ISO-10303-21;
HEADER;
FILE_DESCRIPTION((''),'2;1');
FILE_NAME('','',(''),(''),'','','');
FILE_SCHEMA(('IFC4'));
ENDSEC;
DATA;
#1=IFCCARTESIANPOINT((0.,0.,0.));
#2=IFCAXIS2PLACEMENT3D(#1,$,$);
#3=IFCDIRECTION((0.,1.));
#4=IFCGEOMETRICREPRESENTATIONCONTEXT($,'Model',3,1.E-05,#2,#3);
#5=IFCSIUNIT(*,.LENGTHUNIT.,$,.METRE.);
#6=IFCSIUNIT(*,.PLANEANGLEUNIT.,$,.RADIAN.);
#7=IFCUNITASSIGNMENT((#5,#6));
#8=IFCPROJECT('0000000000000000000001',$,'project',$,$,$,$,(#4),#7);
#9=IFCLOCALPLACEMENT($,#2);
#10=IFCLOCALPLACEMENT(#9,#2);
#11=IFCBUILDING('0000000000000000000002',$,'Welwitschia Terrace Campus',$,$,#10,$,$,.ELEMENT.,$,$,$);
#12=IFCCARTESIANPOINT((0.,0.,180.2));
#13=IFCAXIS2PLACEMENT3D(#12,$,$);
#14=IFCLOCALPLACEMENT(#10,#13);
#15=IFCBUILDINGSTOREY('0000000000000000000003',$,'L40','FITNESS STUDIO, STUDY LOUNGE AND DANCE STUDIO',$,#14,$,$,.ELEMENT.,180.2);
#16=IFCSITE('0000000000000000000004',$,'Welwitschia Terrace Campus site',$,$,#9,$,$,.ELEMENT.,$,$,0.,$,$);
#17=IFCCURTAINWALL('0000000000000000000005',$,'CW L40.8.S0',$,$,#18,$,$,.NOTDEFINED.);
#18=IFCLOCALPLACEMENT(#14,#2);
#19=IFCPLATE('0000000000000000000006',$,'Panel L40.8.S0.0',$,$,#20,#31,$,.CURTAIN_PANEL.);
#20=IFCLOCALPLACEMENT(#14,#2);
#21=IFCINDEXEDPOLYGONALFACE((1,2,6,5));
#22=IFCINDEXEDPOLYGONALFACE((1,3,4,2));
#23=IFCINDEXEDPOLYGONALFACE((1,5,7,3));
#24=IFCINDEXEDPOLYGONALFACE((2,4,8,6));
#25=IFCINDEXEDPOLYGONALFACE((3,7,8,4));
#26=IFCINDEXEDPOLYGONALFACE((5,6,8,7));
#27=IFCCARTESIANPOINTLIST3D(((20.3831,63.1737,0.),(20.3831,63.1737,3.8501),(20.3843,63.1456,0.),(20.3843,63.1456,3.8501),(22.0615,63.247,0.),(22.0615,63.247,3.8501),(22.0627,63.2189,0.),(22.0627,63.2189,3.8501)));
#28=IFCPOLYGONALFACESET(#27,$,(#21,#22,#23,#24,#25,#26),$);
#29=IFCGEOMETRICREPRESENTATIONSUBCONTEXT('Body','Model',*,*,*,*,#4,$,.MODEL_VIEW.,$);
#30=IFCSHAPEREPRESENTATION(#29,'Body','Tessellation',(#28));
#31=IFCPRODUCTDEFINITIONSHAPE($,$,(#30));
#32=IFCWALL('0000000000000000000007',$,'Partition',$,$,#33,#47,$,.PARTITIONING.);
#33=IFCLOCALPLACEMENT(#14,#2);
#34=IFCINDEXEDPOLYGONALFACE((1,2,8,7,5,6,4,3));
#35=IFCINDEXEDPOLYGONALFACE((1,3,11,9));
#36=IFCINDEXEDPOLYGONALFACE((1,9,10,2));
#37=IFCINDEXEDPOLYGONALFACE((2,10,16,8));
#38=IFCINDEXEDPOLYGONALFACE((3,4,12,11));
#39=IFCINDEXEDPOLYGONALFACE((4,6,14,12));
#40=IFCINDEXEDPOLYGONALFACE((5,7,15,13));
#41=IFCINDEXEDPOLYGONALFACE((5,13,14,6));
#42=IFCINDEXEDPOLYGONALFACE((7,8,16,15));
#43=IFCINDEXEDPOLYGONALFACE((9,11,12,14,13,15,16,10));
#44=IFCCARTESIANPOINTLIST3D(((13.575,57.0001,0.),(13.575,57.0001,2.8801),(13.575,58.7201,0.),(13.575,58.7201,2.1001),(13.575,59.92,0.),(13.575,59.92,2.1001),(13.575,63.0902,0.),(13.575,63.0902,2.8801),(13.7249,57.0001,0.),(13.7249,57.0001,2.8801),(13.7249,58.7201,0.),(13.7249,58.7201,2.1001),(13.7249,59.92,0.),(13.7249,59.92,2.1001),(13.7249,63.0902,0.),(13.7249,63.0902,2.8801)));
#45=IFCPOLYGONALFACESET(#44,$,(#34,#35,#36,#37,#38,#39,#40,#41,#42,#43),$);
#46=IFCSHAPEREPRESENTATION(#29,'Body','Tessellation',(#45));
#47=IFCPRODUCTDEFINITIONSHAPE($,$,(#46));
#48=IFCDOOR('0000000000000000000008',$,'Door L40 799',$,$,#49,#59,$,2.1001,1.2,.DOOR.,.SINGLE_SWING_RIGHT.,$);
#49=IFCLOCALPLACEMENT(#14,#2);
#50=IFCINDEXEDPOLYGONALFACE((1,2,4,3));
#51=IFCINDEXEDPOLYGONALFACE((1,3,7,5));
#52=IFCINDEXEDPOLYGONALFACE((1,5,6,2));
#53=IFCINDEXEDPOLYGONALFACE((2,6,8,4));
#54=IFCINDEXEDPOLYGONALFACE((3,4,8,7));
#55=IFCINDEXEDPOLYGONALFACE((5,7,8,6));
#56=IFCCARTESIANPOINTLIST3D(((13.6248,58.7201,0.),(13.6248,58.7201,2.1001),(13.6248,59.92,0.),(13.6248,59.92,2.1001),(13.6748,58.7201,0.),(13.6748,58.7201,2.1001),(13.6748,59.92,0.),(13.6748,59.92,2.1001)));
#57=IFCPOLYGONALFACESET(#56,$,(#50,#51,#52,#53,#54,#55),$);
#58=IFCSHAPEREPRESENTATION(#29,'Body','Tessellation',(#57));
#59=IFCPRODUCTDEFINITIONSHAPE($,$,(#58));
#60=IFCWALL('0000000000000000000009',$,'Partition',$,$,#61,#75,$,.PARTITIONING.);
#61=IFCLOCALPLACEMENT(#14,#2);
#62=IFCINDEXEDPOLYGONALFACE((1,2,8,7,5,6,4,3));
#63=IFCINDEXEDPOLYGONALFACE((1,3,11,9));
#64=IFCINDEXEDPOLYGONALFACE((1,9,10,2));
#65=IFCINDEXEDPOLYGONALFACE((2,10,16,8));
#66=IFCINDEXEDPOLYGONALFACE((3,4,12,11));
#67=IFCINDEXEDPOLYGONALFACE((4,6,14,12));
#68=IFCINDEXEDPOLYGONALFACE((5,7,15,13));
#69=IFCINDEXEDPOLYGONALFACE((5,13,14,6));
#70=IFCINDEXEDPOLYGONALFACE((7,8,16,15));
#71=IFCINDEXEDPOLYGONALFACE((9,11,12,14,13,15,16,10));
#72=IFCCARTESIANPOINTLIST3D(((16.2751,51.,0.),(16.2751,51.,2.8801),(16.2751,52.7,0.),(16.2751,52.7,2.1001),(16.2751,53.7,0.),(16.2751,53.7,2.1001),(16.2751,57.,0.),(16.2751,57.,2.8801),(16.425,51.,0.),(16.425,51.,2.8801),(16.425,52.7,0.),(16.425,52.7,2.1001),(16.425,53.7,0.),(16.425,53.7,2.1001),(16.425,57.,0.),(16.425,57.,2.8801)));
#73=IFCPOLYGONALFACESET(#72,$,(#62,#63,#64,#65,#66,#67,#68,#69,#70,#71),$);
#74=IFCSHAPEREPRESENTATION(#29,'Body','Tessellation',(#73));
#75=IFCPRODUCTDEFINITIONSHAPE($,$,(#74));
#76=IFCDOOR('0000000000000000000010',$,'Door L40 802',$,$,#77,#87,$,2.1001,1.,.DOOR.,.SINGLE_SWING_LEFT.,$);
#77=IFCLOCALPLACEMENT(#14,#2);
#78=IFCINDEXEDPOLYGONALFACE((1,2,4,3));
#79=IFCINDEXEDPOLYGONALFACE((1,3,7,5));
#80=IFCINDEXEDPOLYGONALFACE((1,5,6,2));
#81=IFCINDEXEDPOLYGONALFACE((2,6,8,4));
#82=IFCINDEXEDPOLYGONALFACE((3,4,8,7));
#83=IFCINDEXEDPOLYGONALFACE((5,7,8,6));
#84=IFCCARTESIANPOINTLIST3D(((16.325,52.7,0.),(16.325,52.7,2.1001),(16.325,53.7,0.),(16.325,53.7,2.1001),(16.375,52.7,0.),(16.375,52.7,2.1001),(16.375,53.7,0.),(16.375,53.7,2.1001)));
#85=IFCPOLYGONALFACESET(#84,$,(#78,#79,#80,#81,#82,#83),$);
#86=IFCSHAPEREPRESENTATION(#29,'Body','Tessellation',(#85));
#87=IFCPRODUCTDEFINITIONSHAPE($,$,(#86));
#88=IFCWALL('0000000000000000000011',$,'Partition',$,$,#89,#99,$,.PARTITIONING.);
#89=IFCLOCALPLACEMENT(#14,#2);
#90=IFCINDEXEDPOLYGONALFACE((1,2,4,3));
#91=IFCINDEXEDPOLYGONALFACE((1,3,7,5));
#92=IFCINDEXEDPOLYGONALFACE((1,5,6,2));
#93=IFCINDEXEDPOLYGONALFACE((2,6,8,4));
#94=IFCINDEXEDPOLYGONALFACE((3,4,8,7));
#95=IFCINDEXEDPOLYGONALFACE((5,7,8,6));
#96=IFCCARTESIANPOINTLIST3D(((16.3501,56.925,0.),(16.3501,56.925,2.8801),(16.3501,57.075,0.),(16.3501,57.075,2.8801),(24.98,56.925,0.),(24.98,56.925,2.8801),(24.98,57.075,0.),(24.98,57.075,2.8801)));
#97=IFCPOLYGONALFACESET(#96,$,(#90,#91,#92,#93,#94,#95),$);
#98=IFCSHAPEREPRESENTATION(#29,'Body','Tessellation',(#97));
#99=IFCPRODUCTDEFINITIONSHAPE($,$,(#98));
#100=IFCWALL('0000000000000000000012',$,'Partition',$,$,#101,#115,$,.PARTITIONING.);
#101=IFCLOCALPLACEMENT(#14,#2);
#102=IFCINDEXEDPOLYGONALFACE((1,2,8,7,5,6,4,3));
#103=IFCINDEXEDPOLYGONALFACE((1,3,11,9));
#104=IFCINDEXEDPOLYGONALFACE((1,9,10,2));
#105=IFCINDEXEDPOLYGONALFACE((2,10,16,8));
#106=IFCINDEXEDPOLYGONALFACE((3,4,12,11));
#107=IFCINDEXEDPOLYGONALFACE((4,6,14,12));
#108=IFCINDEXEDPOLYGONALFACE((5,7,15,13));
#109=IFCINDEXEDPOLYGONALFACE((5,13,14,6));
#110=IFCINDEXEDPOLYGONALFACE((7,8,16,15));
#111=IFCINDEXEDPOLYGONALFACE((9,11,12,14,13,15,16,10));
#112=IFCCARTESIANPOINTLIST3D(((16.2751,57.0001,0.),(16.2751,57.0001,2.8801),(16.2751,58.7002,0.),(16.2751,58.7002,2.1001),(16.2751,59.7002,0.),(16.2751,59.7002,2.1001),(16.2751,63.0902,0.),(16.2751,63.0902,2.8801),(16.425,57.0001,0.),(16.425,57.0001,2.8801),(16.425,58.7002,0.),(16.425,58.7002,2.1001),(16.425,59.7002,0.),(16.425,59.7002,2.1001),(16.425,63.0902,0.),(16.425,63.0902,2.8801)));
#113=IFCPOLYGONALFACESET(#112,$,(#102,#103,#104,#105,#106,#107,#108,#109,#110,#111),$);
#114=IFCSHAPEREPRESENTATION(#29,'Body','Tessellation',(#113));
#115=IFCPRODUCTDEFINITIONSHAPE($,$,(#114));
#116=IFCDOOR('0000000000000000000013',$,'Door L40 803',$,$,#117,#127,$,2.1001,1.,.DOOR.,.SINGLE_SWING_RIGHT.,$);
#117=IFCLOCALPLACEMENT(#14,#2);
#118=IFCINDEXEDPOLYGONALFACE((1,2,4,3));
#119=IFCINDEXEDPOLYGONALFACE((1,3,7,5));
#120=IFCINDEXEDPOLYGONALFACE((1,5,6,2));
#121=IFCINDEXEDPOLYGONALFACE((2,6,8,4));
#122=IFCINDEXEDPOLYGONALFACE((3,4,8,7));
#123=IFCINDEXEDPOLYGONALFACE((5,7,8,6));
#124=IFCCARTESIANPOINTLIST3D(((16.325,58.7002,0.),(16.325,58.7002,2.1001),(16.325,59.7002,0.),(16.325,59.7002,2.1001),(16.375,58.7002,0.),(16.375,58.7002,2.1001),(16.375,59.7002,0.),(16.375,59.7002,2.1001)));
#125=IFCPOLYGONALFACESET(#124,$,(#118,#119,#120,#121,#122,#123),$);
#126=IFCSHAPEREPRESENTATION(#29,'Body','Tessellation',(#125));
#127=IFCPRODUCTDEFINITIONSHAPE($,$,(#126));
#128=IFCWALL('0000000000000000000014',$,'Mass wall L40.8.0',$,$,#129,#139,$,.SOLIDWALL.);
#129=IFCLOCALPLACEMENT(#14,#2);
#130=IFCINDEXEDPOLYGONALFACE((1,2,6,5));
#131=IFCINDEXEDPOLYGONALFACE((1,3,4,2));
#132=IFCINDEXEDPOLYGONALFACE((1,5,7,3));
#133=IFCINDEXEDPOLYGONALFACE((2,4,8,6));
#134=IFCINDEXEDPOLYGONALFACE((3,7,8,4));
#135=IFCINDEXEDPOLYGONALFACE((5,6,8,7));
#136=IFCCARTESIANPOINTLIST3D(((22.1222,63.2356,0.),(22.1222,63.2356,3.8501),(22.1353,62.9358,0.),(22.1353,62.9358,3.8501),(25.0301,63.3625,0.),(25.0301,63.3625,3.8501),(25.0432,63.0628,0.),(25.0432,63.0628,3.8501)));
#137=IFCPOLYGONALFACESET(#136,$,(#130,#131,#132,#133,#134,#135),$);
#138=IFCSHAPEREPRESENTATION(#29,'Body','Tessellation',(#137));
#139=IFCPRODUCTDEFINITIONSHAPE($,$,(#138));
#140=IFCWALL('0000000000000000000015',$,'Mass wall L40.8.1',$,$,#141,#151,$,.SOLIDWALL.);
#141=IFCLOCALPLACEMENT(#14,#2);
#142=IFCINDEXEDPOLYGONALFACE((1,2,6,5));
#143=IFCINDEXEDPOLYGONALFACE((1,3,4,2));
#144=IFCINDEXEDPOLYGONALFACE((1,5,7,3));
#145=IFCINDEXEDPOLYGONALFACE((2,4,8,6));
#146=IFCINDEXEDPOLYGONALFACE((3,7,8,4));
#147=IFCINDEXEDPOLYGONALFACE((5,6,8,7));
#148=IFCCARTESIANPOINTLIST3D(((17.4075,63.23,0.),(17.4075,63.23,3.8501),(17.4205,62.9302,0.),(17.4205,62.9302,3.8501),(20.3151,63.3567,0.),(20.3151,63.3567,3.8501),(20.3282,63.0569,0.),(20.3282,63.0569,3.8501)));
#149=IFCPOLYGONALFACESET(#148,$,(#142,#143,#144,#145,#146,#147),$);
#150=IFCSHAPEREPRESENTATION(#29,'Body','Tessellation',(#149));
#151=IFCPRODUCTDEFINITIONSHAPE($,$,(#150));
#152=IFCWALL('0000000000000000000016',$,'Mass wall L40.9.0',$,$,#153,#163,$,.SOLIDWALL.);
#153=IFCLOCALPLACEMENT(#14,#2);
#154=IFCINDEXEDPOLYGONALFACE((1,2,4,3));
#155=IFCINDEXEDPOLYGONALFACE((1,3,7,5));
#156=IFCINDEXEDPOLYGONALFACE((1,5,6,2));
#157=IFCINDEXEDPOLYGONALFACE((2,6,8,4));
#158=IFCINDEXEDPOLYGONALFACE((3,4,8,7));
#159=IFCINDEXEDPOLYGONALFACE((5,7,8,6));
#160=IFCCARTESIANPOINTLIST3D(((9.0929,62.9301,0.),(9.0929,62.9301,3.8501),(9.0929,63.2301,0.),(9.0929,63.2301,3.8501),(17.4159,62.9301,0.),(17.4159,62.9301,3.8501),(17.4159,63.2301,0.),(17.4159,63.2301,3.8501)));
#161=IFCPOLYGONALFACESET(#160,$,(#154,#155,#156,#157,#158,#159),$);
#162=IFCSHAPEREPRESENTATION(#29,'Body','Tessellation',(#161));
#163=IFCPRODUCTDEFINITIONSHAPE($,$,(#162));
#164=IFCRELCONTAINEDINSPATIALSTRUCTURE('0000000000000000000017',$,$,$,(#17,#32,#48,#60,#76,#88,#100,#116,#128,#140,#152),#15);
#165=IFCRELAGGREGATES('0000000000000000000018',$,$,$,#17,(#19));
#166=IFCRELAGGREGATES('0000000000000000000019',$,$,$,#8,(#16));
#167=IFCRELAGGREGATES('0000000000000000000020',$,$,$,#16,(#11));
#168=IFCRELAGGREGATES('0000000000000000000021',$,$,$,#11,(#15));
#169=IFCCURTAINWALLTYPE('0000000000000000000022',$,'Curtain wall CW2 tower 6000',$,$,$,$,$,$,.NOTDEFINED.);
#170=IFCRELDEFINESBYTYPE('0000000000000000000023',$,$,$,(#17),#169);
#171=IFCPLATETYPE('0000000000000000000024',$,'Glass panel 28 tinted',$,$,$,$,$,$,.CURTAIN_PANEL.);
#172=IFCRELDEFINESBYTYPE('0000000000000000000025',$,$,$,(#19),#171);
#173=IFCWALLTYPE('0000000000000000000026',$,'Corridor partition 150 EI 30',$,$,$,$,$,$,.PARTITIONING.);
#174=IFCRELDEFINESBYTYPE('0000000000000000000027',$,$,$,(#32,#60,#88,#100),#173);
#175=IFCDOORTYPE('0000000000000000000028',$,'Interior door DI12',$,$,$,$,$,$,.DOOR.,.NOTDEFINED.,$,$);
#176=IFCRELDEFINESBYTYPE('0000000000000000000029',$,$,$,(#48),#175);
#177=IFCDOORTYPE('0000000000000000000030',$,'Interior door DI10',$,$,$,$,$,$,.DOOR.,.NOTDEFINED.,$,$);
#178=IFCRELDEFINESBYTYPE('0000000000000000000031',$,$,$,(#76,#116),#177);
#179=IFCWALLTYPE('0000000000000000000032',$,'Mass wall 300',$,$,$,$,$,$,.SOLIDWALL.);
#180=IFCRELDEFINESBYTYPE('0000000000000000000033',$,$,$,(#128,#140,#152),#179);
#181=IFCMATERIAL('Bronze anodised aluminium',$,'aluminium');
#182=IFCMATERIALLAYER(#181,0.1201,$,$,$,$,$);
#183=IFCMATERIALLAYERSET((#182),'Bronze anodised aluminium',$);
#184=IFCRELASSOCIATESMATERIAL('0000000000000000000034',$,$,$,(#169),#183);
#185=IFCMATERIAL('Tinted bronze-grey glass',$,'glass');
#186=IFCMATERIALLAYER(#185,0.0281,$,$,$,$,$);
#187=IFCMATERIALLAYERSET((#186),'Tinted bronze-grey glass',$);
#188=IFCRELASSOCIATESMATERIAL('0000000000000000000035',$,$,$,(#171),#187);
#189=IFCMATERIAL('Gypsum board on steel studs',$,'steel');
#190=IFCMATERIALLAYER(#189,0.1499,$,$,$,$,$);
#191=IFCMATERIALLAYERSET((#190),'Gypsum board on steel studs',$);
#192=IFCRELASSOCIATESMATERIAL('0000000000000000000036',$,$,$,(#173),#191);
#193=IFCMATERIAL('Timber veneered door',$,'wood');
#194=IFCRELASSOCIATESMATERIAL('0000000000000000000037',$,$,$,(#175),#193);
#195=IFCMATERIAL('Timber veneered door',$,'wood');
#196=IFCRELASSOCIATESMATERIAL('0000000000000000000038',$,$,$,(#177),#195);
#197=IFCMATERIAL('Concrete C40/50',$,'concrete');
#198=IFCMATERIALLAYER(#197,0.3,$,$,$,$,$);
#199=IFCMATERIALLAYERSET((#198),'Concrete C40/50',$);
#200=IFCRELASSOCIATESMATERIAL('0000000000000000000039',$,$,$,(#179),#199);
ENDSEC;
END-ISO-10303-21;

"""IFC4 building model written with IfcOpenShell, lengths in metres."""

from ifc_helpers import new_model, si_unit, direction, frame, frame_2d, origin, origin_2d, place, context, subcontext, project, spatial, rectangle, extrude, material, layer, layer_set, type_object, element, fill, aggregate, save


model = new_model("IFC4")

# Units and contexts
model_context = context("Model", 3, precision=1e-05, world=origin(), true_north=direction((0.0, 1.0)))
body_context = subcontext(model_context, "Body", "Model", "MODEL_VIEW")
ifc_project = project(units=[si_unit("LENGTHUNIT", "METRE"), si_unit("PLANEANGLEUNIT", "RADIAN")], contexts=[model_context])

# Site, building, storey
site_placement = place(None, origin())
site = spatial("IfcSite", under=ifc_project, at=site_placement, Name="Welwitschia Terrace Campus site", CompositionType="ELEMENT", RefElevation=0.0)
building_placement = place(site_placement, origin())
building = spatial("IfcBuilding", under=site, at=building_placement, Name="Welwitschia Terrace Campus", CompositionType="ELEMENT")
storey_placement = place(building_placement, frame((0.0, 0.0, 180.2)))
storey = spatial("IfcBuildingStorey", under=building, at=storey_placement, Name="L40", Description="FITNESS STUDIO, STUDY LOUNGE AND DANCE STUDIO", CompositionType="ELEMENT", Elevation=180.2)

# Curtain wall
ifc_material_1 = material(Name="Bronze anodised aluminium", Category="aluminium")
ifc_layer_1 = layer(ifc_material_1, 0.1201)
ifc_layer_set_1 = layer_set([ifc_layer_1], Name="Bronze anodised aluminium")
curtain_wall_type = type_object("IfcCurtainWallType", Name="Curtain wall CW2 tower 6000", PredefinedType="NOTDEFINED", material=ifc_layer_set_1)
curtain_wall_1_placement = place(storey_placement, origin())
curtain_wall_1 = element("IfcCurtainWall", 1, at=curtain_wall_1_placement, inside=storey, type_object=curtain_wall_type, Name="CW L40.8.S0", PredefinedType="NOTDEFINED")

# Plate
ifc_material_2 = material(Name="Tinted bronze-grey glass", Category="glass")
ifc_layer_2 = layer(ifc_material_2, 0.0281)
ifc_layer_set_2 = layer_set([ifc_layer_2], Name="Tinted bronze-grey glass")
plate_type = type_object("IfcPlateType", Name="Glass panel 28 tinted", PredefinedType="CURTAIN_PANEL", material=ifc_layer_set_2)
plate_1_placement = place(storey_placement, frame((21.2229, 63.1963, 0.0), z_axis=(0.0, 0.0, 1.0), x_axis=(-0.999048, -0.043619, 0.0)))
plate_1 = element("IfcPlate", 2, at=plate_1_placement, type_object=plate_type, Name="Panel L40.8.S0.0", PredefinedType="CURTAIN_PANEL", context=body_context, shape_type="SweptSolid", body=[
    extrude(rectangle(XDim=1.6799, YDim=0.0281, at=origin_2d()), origin(), (0.0, 0.0, 1.0), 3.8501),
])
aggregate(curtain_wall_1, [plate_1])

# Walls, openings, doors
ifc_material_3 = material(Name="Gypsum board on steel studs", Category="steel")
ifc_layer_3 = layer(ifc_material_3, 0.1499)
ifc_layer_set_3 = layer_set([ifc_layer_3], Name="Gypsum board on steel studs")
wall_type_1 = type_object("IfcWallType", Name="Corridor partition 150 EI 30", PredefinedType="PARTITIONING", material=ifc_layer_set_3)
wall_1_placement = place(storey_placement, frame((13.6499, 63.0901, 0.0), z_axis=(0.0, 0.0, 1.0), x_axis=(0.0, -1.0, 0.0)))
wall_1 = element("IfcWall", 3, at=wall_1_placement, inside=storey, type_object=wall_type_1, Name="Partition", PredefinedType="PARTITIONING", context=body_context, shape_type="SweptSolid", body=[
    extrude(rectangle(XDim=6.0901, YDim=0.1499, at=frame_2d((3.0449, 0.0))), origin(), (0.0, 0.0, 1.0), 2.8801),
])
opening_1_placement = place(wall_1_placement, frame((3.1699, 0.0, 0.0)))
opening_1 = element("IfcOpeningElement", 4, at=opening_1_placement, cuts=wall_1, PredefinedType="OPENING", context=body_context, shape_type="SweptSolid", body=[
    extrude(rectangle(XDim=1.2, YDim=2.1001, at=frame_2d((0.6001, 1.05))), frame((0.0, 0.085, 0.0), z_axis=(0.0, -1.0, 0.0), x_axis=(1.0, 0.0, 0.0)), (0.0, 0.0, 1.0), 0.1699),
])
ifc_material_4 = material(Name="Timber veneered door", Category="wood")
door_type_1 = type_object("IfcDoorType", Name="Interior door DI12", OperationType="NOTDEFINED", PredefinedType="DOOR", material=ifc_material_4)
door_1_placement = place(opening_1_placement, origin())
door_1 = element("IfcDoor", 5, at=door_1_placement, inside=storey, type_object=door_type_1, Name="Door L40 799", OperationType="SINGLE_SWING_RIGHT", OverallHeight=2.1001, OverallWidth=1.2, PredefinedType="DOOR", context=body_context, shape_type="SweptSolid", body=[
    extrude(rectangle(XDim=1.2, YDim=2.1001, at=frame_2d((0.6001, 1.05))), frame((0.0, 0.0249, 0.0), z_axis=(0.0, -1.0, 0.0), x_axis=(1.0, 0.0, 0.0)), (0.0, 0.0, 1.0), 0.05),
])
fill(opening_1, door_1)
wall_2_placement = place(storey_placement, frame((16.3501, 57.0, 0.0), z_axis=(0.0, 0.0, 1.0), x_axis=(0.0, -1.0, 0.0)))
wall_2 = element("IfcWall", 6, at=wall_2_placement, inside=storey, type_object=wall_type_1, Name="Partition", PredefinedType="PARTITIONING", context=body_context, shape_type="SweptSolid", body=[
    extrude(rectangle(XDim=6.0, YDim=0.1499, at=frame_2d((3.0, 0.0))), origin(), (0.0, 0.0, 1.0), 2.8801),
])
opening_2_placement = place(wall_2_placement, frame((3.3, 0.0, 0.0)))
opening_2 = element("IfcOpeningElement", 7, at=opening_2_placement, cuts=wall_2, PredefinedType="OPENING", context=body_context, shape_type="SweptSolid", body=[
    extrude(rectangle(XDim=1.0, YDim=2.1001, at=frame_2d((0.5, 1.05))), frame((0.0, 0.085, 0.0), z_axis=(0.0, -1.0, 0.0), x_axis=(1.0, 0.0, 0.0)), (0.0, 0.0, 1.0), 0.1699),
])
ifc_material_5 = material(Name="Timber veneered door", Category="wood")
door_type_2 = type_object("IfcDoorType", Name="Interior door DI10", OperationType="NOTDEFINED", PredefinedType="DOOR", material=ifc_material_5)
door_2_placement = place(opening_2_placement, origin())
door_2 = element("IfcDoor", 8, at=door_2_placement, inside=storey, type_object=door_type_2, Name="Door L40 802", OperationType="SINGLE_SWING_LEFT", OverallHeight=2.1001, OverallWidth=1.0, PredefinedType="DOOR", context=body_context, shape_type="SweptSolid", body=[
    extrude(rectangle(XDim=1.0, YDim=2.1001, at=frame_2d((0.5, 1.05))), frame((0.0, 0.0249, 0.0), z_axis=(0.0, -1.0, 0.0), x_axis=(1.0, 0.0, 0.0)), (0.0, 0.0, 1.0), 0.05),
])
fill(opening_2, door_2)

# Wall
wall_3_placement = place(storey_placement, frame((16.3501, 57.0, 0.0), z_axis=(0.0, 0.0, 1.0), x_axis=(1.0, 0.0, 0.0)))
element("IfcWall", 9, at=wall_3_placement, inside=storey, type_object=wall_type_1, Name="Partition", PredefinedType="PARTITIONING", context=body_context, shape_type="SweptSolid", body=[
    extrude(rectangle(XDim=8.6299, YDim=0.1499, at=frame_2d((4.3149, 0.0))), origin(), (0.0, 0.0, 1.0), 2.8801),
])

# Wall, opening, door
wall_4_placement = place(storey_placement, frame((16.3501, 63.0901, 0.0), z_axis=(0.0, 0.0, 1.0), x_axis=(0.0, -1.0, 0.0)))
wall_4 = element("IfcWall", 10, at=wall_4_placement, inside=storey, type_object=wall_type_1, Name="Partition", PredefinedType="PARTITIONING", context=body_context, shape_type="SweptSolid", body=[
    extrude(rectangle(XDim=6.0901, YDim=0.1499, at=frame_2d((3.0449, 0.0))), origin(), (0.0, 0.0, 1.0), 2.8801),
])
opening_3_placement = place(wall_4_placement, frame((3.3899, 0.0, 0.0)))
opening_3 = element("IfcOpeningElement", 11, at=opening_3_placement, cuts=wall_4, PredefinedType="OPENING", context=body_context, shape_type="SweptSolid", body=[
    extrude(rectangle(XDim=1.0, YDim=2.1001, at=frame_2d((0.5, 1.05))), frame((0.0, 0.085, 0.0), z_axis=(0.0, -1.0, 0.0), x_axis=(1.0, 0.0, 0.0)), (0.0, 0.0, 1.0), 0.1699),
])
door_3_placement = place(opening_3_placement, origin())
door_3 = element("IfcDoor", 12, at=door_3_placement, inside=storey, type_object=door_type_2, Name="Door L40 803", OperationType="SINGLE_SWING_RIGHT", OverallHeight=2.1001, OverallWidth=1.0, PredefinedType="DOOR", context=body_context, shape_type="SweptSolid", body=[
    extrude(rectangle(XDim=1.0, YDim=2.1001, at=frame_2d((0.5, 1.05))), frame((0.0, 0.0249, 0.0), z_axis=(0.0, -1.0, 0.0), x_axis=(1.0, 0.0, 0.0)), (0.0, 0.0, 1.0), 0.05),
])
fill(opening_3, door_3)

# Walls
ifc_material_6 = material(Name="Concrete C40/50", Category="concrete")
ifc_layer_4 = layer(ifc_material_6, 0.3)
ifc_layer_set_4 = layer_set([ifc_layer_4], Name="Concrete C40/50")
wall_type_2 = type_object("IfcWallType", Name="Mass wall 300", PredefinedType="SOLIDWALL", material=ifc_layer_set_4)
wall_5_placement = place(storey_placement, frame((25.0366, 63.2126, 0.0), z_axis=(0.0, 0.0, 1.0), x_axis=(-0.999048, -0.043616, 0.0)))
element("IfcWall", 13, at=wall_5_placement, inside=storey, type_object=wall_type_2, Name="Mass wall L40.8.0", PredefinedType="SOLIDWALL", context=body_context, shape_type="SweptSolid", body=[
    extrude(rectangle(XDim=2.9106, YDim=0.3, at=frame_2d((1.4553, 0.0))), origin(), (0.0, 0.0, 1.0), 3.8501),
])
wall_6_placement = place(storey_placement, frame((20.3215, 63.2068, 0.0), z_axis=(0.0, 0.0, 1.0), x_axis=(-0.999052, -0.043536, 0.0)))
element("IfcWall", 14, at=wall_6_placement, inside=storey, type_object=wall_type_2, Name="Mass wall L40.8.1", PredefinedType="SOLIDWALL", context=body_context, shape_type="SweptSolid", body=[
    extrude(rectangle(XDim=2.9104, YDim=0.3, at=frame_2d((1.4551, 0.0))), origin(), (0.0, 0.0, 1.0), 3.8501),
])
wall_7_placement = place(storey_placement, frame((17.416, 63.0801, 0.0), z_axis=(0.0, 0.0, 1.0), x_axis=(-1.0, 0.0, 0.0)))
element("IfcWall", 15, at=wall_7_placement, inside=storey, type_object=wall_type_2, Name="Mass wall L40.9.0", PredefinedType="SOLIDWALL", context=body_context, shape_type="SweptSolid", body=[
    extrude(rectangle(XDim=8.323, YDim=0.3, at=frame_2d((4.1616, 0.0))), origin(), (0.0, 0.0, 1.0), 3.8501),
])

save(model, "model.ifc")
